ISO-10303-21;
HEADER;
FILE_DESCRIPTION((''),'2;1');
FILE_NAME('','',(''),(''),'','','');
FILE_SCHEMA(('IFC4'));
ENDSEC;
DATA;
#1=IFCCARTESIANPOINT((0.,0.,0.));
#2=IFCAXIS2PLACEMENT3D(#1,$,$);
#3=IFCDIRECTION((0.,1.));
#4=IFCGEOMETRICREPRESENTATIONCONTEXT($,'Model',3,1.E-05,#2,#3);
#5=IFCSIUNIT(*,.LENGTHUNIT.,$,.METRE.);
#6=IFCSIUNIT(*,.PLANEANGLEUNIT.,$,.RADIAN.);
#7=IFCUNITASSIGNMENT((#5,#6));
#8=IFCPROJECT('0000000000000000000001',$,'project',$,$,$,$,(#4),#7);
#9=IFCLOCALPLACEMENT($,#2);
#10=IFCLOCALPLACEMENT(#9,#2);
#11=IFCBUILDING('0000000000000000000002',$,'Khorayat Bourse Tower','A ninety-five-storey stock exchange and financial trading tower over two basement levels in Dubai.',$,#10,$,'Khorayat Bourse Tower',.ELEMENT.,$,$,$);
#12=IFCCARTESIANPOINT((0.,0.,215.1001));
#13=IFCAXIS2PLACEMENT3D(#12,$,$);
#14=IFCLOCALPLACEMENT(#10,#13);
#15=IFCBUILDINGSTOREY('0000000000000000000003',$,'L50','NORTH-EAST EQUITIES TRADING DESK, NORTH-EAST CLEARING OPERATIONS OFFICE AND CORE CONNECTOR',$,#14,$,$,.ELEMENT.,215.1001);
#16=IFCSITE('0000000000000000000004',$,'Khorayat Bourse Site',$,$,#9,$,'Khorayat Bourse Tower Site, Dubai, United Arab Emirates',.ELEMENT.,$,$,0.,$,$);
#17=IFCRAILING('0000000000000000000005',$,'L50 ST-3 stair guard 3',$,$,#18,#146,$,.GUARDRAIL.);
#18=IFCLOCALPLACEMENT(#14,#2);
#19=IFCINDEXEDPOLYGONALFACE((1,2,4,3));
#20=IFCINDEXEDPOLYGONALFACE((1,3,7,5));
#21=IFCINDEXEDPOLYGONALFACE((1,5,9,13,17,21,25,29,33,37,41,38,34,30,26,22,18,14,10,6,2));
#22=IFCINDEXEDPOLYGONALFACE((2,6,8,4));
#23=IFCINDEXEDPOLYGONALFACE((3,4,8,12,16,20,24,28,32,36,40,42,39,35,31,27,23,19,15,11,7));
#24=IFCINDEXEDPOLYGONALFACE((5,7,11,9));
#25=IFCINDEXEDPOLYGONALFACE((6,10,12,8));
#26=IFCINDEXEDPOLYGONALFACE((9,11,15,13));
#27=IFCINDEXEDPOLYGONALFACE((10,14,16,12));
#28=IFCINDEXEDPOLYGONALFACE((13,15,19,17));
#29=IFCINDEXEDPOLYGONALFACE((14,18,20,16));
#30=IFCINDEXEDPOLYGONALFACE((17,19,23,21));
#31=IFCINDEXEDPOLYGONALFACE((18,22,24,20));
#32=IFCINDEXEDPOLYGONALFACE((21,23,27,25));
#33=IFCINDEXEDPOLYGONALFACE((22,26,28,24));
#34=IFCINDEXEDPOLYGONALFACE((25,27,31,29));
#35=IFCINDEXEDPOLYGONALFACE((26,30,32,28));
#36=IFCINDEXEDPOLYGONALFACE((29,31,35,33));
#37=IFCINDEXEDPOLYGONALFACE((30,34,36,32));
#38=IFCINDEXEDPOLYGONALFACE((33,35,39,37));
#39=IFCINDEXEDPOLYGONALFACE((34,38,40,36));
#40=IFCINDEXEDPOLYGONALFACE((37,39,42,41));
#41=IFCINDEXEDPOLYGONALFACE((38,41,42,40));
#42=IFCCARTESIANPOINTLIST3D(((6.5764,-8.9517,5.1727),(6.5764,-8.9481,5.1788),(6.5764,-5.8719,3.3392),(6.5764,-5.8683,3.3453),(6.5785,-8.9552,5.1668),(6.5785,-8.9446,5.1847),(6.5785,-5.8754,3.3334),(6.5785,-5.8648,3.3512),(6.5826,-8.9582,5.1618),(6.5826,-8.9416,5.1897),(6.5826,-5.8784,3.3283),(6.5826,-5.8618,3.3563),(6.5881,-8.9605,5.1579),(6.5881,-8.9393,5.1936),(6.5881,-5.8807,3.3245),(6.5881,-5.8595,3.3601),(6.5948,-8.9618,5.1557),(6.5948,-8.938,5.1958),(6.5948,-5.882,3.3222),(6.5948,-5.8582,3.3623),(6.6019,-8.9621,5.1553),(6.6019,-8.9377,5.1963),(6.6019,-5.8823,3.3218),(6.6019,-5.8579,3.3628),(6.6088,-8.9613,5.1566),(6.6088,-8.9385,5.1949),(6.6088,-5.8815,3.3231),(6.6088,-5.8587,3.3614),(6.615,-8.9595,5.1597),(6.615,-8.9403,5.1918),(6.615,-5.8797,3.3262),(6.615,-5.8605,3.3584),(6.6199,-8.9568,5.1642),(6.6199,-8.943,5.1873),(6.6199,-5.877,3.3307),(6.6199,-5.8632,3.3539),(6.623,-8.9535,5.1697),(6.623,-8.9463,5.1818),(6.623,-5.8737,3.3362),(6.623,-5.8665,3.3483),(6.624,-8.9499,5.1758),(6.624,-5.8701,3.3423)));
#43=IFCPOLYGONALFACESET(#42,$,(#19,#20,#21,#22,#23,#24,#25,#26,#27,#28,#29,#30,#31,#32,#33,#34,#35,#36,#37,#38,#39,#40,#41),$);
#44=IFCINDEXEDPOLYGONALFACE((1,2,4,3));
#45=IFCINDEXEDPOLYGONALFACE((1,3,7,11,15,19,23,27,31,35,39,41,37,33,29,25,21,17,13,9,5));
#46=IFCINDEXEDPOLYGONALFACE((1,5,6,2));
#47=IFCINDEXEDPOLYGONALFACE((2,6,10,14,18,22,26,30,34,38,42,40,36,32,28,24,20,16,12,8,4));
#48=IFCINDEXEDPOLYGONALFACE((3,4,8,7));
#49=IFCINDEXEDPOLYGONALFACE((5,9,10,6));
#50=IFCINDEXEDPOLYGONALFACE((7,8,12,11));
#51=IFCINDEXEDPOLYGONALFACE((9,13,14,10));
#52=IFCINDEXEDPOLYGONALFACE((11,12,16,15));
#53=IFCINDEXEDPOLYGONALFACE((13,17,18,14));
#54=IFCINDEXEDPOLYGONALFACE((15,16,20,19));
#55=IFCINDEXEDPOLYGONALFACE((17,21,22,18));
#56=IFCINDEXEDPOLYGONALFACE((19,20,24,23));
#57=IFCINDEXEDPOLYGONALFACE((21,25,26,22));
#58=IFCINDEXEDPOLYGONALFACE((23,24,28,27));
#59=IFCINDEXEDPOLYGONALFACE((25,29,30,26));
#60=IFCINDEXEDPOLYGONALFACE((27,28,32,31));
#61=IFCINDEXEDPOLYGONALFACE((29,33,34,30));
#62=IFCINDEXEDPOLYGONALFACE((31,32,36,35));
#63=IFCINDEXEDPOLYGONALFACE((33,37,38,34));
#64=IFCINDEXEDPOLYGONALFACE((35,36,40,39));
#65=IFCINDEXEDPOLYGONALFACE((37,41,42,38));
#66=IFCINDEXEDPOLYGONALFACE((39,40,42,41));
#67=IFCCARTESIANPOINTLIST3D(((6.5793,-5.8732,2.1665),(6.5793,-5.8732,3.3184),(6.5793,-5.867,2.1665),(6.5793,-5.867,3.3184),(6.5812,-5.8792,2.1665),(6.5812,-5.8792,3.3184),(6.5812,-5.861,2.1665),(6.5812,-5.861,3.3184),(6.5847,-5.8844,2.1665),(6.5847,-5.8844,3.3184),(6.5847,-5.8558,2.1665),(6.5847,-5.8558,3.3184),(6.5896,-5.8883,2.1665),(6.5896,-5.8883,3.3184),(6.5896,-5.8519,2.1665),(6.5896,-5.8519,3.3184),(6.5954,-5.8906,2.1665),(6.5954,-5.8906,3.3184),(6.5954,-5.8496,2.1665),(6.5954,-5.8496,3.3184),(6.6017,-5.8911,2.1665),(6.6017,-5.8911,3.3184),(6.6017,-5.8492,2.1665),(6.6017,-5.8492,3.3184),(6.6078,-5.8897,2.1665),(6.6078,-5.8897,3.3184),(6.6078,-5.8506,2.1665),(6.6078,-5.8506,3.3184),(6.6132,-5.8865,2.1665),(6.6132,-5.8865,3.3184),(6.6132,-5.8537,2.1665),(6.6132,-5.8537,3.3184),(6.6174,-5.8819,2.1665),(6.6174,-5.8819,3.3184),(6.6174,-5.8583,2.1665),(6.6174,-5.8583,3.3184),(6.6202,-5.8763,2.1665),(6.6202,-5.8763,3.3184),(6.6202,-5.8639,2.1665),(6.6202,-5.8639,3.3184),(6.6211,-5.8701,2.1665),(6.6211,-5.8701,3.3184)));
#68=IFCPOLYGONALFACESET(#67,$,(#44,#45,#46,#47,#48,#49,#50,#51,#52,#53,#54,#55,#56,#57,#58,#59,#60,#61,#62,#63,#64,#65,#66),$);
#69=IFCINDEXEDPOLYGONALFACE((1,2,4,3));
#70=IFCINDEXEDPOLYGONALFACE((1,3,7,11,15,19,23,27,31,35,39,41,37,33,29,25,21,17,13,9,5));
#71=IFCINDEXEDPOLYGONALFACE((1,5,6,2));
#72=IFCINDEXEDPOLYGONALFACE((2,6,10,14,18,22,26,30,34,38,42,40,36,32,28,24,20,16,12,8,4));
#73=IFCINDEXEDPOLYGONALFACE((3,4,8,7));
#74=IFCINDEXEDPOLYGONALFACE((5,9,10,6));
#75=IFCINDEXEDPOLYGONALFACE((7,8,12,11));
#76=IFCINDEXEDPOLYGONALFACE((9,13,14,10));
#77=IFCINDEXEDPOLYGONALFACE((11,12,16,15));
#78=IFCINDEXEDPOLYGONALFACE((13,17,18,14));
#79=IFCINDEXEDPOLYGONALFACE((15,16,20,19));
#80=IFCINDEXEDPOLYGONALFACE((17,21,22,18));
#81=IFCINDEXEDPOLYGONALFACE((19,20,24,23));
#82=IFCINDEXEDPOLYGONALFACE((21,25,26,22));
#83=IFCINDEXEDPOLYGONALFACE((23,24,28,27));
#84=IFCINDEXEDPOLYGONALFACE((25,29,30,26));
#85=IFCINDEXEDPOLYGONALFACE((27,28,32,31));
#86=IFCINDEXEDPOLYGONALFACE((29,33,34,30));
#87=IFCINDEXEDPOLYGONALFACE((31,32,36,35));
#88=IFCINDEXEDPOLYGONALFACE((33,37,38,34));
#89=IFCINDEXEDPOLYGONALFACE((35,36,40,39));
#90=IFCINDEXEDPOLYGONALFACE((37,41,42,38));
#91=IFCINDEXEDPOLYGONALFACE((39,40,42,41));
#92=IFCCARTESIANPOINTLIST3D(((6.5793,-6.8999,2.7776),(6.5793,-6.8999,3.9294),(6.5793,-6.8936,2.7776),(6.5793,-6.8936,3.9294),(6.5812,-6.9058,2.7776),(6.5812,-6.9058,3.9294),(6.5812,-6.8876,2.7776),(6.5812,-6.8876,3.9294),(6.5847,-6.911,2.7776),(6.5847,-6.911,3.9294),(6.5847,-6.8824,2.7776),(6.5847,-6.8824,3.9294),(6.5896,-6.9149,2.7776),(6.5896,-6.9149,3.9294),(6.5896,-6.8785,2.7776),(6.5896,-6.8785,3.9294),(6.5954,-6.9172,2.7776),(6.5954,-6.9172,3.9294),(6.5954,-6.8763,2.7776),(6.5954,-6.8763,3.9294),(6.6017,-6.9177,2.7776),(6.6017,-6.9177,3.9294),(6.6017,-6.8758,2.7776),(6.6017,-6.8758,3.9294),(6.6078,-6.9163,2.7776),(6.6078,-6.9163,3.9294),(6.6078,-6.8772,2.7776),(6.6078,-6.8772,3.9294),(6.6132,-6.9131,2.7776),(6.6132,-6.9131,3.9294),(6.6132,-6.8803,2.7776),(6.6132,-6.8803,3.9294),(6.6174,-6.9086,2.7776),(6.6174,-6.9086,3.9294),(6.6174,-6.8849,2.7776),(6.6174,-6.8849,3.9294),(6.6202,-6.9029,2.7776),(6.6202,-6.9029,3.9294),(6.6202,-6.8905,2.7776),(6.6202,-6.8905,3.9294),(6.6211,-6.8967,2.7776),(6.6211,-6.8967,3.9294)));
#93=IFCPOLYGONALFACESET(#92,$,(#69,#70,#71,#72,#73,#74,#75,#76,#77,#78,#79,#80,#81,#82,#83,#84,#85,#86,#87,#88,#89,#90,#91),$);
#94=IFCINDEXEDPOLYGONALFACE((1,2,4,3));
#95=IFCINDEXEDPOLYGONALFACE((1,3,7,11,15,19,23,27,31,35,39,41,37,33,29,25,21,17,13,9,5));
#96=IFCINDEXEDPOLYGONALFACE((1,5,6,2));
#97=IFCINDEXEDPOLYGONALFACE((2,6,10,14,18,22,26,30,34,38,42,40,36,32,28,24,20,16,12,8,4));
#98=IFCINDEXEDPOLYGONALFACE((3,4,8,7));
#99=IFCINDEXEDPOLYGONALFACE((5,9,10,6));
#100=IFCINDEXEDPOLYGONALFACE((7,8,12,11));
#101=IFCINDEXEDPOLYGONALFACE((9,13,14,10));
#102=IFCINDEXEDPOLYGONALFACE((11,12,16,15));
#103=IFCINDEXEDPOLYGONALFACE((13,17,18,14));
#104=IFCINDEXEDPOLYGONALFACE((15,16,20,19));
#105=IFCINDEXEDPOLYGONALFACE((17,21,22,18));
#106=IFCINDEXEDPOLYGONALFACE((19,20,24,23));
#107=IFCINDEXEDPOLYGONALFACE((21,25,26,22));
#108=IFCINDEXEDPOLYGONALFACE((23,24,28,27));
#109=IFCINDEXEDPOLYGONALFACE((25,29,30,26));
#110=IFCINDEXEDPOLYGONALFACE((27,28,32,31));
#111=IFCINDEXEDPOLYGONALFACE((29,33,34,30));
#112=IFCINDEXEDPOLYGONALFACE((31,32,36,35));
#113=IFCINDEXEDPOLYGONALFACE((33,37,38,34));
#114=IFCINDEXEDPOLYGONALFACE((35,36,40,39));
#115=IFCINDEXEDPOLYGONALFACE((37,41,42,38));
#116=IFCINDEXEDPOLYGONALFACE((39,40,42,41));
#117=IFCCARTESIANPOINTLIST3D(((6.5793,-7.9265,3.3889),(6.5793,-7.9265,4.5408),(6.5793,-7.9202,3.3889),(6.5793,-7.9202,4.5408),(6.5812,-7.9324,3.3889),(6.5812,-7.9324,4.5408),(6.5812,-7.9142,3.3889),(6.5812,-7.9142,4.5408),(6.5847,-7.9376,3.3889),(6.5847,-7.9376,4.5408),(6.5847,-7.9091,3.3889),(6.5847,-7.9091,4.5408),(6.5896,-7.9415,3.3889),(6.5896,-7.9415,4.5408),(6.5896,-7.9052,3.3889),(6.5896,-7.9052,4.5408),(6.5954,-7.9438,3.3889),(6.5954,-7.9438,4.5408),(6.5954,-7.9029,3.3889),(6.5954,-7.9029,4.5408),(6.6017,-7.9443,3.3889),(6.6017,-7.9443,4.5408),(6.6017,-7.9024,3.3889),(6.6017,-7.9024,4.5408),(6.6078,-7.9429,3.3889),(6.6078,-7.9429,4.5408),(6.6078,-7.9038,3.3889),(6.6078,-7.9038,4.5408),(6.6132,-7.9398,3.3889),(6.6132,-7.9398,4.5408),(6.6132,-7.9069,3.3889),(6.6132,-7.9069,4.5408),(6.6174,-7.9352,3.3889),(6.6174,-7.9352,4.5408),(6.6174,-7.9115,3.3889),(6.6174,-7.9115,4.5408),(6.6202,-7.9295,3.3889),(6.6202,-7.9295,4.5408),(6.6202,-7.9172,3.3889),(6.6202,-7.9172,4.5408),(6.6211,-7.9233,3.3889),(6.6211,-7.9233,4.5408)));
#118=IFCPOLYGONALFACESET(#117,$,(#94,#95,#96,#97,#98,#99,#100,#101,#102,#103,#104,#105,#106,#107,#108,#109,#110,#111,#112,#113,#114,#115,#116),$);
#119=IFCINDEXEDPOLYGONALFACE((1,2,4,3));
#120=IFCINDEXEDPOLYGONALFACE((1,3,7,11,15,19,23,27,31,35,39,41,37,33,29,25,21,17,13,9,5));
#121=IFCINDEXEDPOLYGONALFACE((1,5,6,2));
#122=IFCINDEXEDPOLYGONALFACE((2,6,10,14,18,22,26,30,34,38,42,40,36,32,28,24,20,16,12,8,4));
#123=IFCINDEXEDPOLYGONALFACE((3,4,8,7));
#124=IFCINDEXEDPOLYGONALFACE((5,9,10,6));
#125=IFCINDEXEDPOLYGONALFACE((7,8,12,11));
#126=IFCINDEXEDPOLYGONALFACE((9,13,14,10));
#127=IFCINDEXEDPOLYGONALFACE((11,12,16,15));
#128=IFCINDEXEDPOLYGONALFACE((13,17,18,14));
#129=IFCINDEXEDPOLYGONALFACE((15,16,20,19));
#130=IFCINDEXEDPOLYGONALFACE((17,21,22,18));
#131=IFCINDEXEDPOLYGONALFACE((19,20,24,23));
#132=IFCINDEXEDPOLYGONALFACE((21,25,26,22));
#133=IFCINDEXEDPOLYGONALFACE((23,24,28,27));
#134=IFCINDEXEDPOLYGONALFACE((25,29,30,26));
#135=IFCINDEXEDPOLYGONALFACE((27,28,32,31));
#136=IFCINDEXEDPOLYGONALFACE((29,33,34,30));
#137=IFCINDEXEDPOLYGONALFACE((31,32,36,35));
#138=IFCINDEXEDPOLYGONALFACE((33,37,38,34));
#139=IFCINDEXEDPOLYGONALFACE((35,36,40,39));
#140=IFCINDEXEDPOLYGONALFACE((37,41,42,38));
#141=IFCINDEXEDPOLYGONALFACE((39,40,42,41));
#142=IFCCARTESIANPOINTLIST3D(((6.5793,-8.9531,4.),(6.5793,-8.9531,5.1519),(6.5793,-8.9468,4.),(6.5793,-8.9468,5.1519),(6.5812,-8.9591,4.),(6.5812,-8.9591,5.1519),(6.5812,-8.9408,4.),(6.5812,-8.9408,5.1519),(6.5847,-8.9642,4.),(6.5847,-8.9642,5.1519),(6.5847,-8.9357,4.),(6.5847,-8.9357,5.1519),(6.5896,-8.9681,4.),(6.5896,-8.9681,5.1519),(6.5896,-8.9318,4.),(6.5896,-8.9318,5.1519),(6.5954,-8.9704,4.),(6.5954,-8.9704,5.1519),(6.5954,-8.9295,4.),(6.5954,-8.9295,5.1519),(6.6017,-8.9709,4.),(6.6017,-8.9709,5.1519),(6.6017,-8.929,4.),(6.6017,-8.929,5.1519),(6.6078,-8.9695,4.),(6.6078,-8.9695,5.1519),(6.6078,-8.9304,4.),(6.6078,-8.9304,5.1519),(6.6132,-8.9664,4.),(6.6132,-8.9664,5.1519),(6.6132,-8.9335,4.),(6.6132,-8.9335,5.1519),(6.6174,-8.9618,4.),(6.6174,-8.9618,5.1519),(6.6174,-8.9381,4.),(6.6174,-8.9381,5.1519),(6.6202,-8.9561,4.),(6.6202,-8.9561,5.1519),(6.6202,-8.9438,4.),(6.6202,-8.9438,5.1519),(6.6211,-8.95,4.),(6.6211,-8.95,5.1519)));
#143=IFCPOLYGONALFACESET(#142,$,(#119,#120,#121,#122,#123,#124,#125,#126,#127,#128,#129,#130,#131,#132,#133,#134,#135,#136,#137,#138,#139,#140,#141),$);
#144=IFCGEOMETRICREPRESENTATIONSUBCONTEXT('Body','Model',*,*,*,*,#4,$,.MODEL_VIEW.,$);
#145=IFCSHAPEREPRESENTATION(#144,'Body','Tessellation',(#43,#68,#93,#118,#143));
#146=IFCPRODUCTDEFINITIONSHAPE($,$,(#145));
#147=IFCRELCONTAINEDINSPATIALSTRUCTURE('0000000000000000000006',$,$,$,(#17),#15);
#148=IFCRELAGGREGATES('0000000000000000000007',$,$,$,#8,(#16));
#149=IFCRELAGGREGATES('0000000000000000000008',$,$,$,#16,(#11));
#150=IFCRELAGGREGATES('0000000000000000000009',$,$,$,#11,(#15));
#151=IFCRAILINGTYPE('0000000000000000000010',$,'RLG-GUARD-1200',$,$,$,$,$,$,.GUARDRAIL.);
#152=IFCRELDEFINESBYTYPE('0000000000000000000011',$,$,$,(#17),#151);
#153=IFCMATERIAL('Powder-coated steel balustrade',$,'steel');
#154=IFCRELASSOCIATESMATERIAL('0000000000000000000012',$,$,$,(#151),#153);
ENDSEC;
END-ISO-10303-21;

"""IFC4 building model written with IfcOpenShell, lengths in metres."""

from ifc_helpers import new_model, si_unit, direction, frame, origin, origin_2d, place, context, subcontext, project, spatial, circle, extrude, source, transform, mapped, material, type_object, element, save


model = new_model("IFC4")

# Units and contexts
model_context = context("Model", 3, precision=1e-05, world=origin(), true_north=direction((0.0, 1.0)))
body_context = subcontext(model_context, "Body", "Model", "MODEL_VIEW")
ifc_project = project(units=[si_unit("LENGTHUNIT", "METRE"), si_unit("PLANEANGLEUNIT", "RADIAN")], contexts=[model_context])

# Site, building, storey
site_placement = place(None, origin())
site = spatial("IfcSite", under=ifc_project, at=site_placement, Name="Khorayat Bourse Site", LongName="Khorayat Bourse Tower Site, Dubai, United Arab Emirates", CompositionType="ELEMENT", RefElevation=0.0)
building_placement = place(site_placement, origin())
building = spatial("IfcBuilding", under=site, at=building_placement, Name="Khorayat Bourse Tower", Description="A ninety-five-storey stock exchange and financial trading tower over two basement levels in Dubai.", LongName="Khorayat Bourse Tower", CompositionType="ELEMENT")
storey_placement = place(building_placement, frame((0.0, 0.0, 215.1001)))
storey = spatial("IfcBuildingStorey", under=building, at=storey_placement, Name="L50", Description="NORTH-EAST EQUITIES TRADING DESK, NORTH-EAST CLEARING OPERATIONS OFFICE AND CORE CONNECTOR", CompositionType="ELEMENT", Elevation=215.1001)

# Railing
ifc_material_1 = material(Name="Powder-coated steel balustrade", Category="steel")
railing_type_1 = type_object("IfcRailingType", Name="RLG-GUARD-1200", PredefinedType="GUARDRAIL", material=ifc_material_1)
shared_shape_1 = source(origin(), body_context, "Body", "SweptSolid", [
    extrude(circle(Radius=0.0239, at=origin_2d()), frame((0.0, 0.0, 1.1758), z_axis=(0.0, -0.859261, 0.511538), x_axis=(1.0, 0.0, 0.0)), (0.0, 0.0, 1.0), 3.5842),
    extrude(circle(Radius=0.021, at=origin_2d()), origin(), (0.0, 0.0, 1.0), 1.1519),
    extrude(circle(Radius=0.021, at=origin_2d()), frame((0.0, -1.0266, 0.6111)), (0.0, 0.0, 1.0), 1.1519),
    extrude(circle(Radius=0.021, at=origin_2d()), frame((0.0, -2.0532, 1.2224)), (0.0, 0.0, 1.0), 1.1519),
    extrude(circle(Radius=0.021, at=origin_2d()), frame((0.0, -3.0798, 1.8335)), (0.0, 0.0, 1.0), 1.1519),
])
railing_1_placement = place(storey_placement, frame((6.6001, -5.8701, 2.1665)))
element("IfcRailing", 1, at=railing_1_placement, inside=storey, type_object=railing_type_1, Name="L50 ST-3 stair guard 3", PredefinedType="GUARDRAIL", context=body_context, shape_type="MappedRepresentation", body=[
    mapped(shared_shape_1, transform((0.0, 0.0, 0.0), scale=1.0)),
])

save(model, "model.ifc")
